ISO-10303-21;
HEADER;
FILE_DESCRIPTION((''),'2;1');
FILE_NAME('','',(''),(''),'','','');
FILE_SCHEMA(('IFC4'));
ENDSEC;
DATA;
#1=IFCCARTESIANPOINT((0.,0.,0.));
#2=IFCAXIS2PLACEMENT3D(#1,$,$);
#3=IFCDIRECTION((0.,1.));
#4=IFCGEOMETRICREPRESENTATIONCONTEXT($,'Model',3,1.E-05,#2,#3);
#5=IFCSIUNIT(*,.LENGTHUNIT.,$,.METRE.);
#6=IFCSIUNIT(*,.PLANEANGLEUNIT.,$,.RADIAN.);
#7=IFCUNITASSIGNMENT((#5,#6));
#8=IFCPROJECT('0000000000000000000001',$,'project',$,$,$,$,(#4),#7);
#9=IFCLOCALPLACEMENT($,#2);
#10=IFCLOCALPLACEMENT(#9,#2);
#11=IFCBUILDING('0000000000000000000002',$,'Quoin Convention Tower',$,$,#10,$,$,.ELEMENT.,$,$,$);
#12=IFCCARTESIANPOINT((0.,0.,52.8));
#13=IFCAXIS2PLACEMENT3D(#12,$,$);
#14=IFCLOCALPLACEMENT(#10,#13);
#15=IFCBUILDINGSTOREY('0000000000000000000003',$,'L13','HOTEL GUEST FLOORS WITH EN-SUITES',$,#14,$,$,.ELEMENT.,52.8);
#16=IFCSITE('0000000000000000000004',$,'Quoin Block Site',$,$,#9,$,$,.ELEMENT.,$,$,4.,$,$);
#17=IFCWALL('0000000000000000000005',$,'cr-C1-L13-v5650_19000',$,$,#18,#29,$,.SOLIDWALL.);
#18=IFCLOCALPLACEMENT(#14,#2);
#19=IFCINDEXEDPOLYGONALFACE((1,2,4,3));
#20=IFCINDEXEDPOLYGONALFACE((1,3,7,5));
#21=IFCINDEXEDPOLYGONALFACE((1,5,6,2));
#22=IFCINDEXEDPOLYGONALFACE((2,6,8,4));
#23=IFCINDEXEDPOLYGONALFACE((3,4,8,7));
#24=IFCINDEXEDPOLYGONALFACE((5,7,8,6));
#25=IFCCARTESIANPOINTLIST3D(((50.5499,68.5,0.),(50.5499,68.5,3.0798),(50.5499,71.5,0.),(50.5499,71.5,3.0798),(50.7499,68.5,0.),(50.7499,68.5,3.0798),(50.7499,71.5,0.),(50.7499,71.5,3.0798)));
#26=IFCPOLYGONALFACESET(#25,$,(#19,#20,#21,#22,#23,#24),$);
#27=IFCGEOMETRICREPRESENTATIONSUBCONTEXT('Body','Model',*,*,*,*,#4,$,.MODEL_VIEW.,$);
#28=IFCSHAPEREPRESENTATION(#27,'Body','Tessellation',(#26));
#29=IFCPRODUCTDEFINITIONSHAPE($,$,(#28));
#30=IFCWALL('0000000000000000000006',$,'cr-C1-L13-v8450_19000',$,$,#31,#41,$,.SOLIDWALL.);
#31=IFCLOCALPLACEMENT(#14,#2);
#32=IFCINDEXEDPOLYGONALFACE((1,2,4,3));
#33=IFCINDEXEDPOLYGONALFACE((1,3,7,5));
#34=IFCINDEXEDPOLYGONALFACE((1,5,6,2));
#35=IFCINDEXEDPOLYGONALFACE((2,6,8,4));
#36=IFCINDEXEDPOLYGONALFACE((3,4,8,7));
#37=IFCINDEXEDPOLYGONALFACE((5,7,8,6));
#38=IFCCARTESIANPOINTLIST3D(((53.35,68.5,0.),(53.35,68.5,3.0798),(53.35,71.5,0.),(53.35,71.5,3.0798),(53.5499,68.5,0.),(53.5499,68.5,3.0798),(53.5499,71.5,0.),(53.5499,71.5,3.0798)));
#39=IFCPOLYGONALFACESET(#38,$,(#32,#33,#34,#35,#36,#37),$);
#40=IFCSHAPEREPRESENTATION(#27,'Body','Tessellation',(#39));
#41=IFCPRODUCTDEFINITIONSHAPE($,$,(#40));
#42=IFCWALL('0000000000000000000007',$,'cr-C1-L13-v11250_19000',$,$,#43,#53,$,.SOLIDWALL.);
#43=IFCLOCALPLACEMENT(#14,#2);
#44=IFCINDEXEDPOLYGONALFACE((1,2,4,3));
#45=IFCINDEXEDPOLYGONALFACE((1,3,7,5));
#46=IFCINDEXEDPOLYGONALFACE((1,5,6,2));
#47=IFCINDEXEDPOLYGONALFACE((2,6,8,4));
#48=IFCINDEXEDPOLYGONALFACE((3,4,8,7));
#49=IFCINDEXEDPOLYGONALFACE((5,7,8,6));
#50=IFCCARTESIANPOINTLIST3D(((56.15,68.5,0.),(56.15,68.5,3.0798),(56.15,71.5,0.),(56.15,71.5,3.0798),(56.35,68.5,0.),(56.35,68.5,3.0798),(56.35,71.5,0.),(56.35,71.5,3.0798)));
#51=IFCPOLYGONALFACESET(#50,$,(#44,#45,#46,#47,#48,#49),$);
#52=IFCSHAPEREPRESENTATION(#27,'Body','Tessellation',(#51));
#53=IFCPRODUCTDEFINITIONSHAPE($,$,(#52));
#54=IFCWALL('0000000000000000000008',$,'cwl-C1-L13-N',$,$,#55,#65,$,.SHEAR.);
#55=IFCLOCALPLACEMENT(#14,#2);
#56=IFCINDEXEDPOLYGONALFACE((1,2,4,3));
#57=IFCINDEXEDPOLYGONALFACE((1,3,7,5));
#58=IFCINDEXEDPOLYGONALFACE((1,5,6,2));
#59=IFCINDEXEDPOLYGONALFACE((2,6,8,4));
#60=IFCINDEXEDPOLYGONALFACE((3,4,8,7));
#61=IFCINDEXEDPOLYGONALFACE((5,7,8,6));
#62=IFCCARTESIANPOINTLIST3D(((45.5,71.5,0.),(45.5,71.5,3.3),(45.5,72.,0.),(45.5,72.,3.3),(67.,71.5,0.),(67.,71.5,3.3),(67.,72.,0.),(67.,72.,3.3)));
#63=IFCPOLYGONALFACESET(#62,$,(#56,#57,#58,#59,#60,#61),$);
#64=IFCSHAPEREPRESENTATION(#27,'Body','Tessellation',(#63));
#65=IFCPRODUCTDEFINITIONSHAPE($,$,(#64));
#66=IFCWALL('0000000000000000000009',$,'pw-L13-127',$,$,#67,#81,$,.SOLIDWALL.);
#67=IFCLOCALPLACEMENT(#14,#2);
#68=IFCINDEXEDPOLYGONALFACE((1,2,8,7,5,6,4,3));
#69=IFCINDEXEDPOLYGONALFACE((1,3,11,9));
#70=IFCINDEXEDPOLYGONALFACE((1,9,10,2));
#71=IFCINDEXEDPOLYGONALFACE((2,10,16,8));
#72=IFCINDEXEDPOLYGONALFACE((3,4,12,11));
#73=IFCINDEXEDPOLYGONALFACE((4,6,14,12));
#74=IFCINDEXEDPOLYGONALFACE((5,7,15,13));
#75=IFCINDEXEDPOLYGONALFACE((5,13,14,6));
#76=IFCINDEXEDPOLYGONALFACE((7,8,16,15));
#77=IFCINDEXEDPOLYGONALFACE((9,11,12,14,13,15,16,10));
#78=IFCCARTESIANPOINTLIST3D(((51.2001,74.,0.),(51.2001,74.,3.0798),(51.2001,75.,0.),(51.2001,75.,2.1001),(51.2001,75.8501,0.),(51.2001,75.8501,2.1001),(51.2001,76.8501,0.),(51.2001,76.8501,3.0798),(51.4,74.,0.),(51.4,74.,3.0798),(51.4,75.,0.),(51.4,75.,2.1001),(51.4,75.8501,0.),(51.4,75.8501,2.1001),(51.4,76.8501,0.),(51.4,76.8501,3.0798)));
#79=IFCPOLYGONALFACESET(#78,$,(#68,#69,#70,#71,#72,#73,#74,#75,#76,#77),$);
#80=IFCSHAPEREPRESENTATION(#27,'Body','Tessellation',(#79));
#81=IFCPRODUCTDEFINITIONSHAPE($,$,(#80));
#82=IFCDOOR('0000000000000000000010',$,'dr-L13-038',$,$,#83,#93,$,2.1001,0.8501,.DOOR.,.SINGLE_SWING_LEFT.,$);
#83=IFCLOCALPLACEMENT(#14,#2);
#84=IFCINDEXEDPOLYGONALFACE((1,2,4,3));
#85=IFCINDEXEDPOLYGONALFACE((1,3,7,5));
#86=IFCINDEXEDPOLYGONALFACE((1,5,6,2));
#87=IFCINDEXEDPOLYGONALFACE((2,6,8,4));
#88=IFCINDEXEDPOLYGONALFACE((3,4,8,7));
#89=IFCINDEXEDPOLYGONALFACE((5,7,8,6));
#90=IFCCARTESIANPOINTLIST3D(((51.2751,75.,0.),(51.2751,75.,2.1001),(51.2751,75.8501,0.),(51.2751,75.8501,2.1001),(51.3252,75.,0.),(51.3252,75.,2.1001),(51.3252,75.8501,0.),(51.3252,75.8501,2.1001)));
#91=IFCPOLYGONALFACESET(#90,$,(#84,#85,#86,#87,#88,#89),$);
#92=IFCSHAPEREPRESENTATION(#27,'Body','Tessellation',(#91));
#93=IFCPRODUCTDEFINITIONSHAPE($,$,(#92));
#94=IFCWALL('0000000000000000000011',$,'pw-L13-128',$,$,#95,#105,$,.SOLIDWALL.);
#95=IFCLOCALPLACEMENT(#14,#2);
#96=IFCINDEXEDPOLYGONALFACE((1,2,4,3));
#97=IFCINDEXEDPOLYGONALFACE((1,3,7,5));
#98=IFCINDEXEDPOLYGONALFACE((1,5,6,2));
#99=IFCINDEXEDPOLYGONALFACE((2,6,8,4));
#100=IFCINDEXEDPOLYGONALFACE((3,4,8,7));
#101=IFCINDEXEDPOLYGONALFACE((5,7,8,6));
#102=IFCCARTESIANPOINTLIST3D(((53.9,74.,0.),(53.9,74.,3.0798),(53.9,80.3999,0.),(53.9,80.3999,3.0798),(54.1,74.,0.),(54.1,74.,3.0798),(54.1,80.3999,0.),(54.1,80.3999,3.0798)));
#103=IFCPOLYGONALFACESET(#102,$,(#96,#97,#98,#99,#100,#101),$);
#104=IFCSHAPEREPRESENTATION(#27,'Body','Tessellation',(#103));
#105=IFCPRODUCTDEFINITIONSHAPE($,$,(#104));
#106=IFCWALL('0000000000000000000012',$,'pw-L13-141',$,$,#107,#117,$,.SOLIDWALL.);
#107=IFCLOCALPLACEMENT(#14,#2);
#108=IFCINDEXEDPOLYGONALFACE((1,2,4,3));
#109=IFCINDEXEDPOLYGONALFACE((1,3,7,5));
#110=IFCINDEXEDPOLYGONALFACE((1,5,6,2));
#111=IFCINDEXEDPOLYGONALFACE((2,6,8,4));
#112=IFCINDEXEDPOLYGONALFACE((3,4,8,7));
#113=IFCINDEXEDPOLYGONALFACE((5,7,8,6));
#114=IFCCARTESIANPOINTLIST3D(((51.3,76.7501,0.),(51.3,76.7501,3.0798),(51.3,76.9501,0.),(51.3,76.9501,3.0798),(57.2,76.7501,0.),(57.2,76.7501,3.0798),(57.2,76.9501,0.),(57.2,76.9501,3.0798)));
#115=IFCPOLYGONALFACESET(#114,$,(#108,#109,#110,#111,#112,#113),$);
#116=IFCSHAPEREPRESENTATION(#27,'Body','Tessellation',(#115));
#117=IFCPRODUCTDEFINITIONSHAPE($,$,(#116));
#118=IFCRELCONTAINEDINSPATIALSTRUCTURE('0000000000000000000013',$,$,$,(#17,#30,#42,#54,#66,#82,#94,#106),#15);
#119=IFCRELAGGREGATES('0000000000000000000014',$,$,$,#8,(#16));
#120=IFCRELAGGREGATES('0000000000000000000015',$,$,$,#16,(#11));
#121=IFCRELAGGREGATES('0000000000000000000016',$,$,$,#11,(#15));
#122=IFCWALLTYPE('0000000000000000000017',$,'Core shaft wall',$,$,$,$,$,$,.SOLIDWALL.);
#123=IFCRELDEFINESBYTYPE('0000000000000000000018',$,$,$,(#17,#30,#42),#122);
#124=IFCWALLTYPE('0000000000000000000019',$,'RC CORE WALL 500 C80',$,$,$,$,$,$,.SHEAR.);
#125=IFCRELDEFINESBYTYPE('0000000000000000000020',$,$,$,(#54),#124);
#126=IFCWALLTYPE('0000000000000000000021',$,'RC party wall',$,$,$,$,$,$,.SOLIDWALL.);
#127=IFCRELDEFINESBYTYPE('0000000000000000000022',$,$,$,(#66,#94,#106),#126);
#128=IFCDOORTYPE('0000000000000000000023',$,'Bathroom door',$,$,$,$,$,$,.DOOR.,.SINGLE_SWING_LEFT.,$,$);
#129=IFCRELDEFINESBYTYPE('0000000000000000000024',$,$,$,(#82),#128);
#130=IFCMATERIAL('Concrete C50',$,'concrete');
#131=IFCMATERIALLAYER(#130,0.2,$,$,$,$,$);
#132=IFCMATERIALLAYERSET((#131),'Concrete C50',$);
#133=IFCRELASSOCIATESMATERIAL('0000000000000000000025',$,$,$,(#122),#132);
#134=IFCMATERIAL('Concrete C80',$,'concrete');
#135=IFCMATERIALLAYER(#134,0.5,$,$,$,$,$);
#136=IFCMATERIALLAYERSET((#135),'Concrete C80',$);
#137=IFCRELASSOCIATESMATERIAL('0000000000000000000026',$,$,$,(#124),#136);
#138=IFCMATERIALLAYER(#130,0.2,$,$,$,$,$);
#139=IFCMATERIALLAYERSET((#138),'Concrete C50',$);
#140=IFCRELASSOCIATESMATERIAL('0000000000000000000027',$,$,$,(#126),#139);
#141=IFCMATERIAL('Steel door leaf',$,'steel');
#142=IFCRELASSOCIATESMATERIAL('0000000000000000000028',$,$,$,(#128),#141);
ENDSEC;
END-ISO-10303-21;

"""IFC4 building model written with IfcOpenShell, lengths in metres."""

from ifc_helpers import new_model, si_unit, direction, frame, frame_2d, origin, place, context, subcontext, project, spatial, rectangle, extrude, material, layer, layer_set, type_object, element, fill, save


model = new_model("IFC4")

# Units and contexts
model_context = context("Model", 3, precision=1e-05, world=origin(), true_north=direction((0.0, 1.0)))
body_context = subcontext(model_context, "Body", "Model", "MODEL_VIEW")
ifc_project = project(units=[si_unit("LENGTHUNIT", "METRE"), si_unit("PLANEANGLEUNIT", "RADIAN")], contexts=[model_context])

# Site, building, storey
site_placement = place(None, origin())
site = spatial("IfcSite", under=ifc_project, at=site_placement, Name="Quoin Block Site", CompositionType="ELEMENT", RefElevation=4.0)
building_placement = place(site_placement, origin())
building = spatial("IfcBuilding", under=site, at=building_placement, Name="Quoin Convention Tower", CompositionType="ELEMENT")
storey_placement = place(building_placement, frame((0.0, 0.0, 52.8)))
storey = spatial("IfcBuildingStorey", under=building, at=storey_placement, Name="L13", Description="HOTEL GUEST FLOORS WITH EN-SUITES", CompositionType="ELEMENT", Elevation=52.8)

# Shared definitions
ifc_material_1 = material(Name="Concrete C80", Category="concrete")

# Shared definitions
ifc_material_2 = material(Name="Concrete C50", Category="concrete")
ifc_layer_1 = layer(ifc_material_2, 0.2)
ifc_layer_set_1 = layer_set([ifc_layer_1], Name="Concrete C50")
wall_type_1 = type_object("IfcWallType", Name="Core shaft wall", PredefinedType="SOLIDWALL", material=ifc_layer_set_1)

# Shared definitions
ifc_material_3 = material(Name="Steel door leaf", Category="steel")

# Walls
for number, where, z_axis, x_axis, name in (
    (1, (50.6499, 68.5, 0.0), (0.0, 0.0, 1.0), (0.0, 1.0, 0.0), "cr-C1-L13-v5650_19000"),
    (2, (53.45, 68.5, 0.0), (0.0, 0.0, 1.0), (0.0, 1.0, 0.0), "cr-C1-L13-v8450_19000"),
    (3, (56.25, 68.5, 0.0), (0.0, 0.0, 1.0), (0.0, 1.0, 0.0), "cr-C1-L13-v11250_19000"),
):
    element("IfcWall", number, at=place(storey_placement, frame(where, z_axis=z_axis, x_axis=x_axis)), inside=storey, type_object=wall_type_1, Name=name, PredefinedType="SOLIDWALL", context=body_context, shape_type="SweptSolid", body=[
        extrude(rectangle(XDim=3.0, YDim=0.2, at=frame_2d((1.5, 0.0))), origin(), (0.0, 0.0, 1.0), 3.0798),
    ])
ifc_layer_2 = layer(ifc_material_1, 0.5)
ifc_layer_set_2 = layer_set([ifc_layer_2], Name="Concrete C80")
wall_type_2 = type_object("IfcWallType", Name="RC CORE WALL 500 C80", PredefinedType="SHEAR", material=ifc_layer_set_2)
wall_1_placement = place(storey_placement, frame((45.5, 71.75, 0.0), z_axis=(0.0, 0.0, 1.0), x_axis=(1.0, 0.0, 0.0)))
element("IfcWall", 4, at=wall_1_placement, inside=storey, type_object=wall_type_2, Name="cwl-C1-L13-N", PredefinedType="SHEAR", context=body_context, shape_type="SweptSolid", body=[
    extrude(rectangle(XDim=21.5, YDim=0.5, at=frame_2d((10.75, 0.0))), origin(), (0.0, 0.0, 1.0), 3.3),
])

# Wall, opening, door
ifc_layer_3 = layer(ifc_material_2, 0.2)
ifc_layer_set_3 = layer_set([ifc_layer_3], Name="Concrete C50")
wall_type_3 = type_object("IfcWallType", Name="RC party wall", PredefinedType="SOLIDWALL", material=ifc_layer_set_3)
wall_2_placement = place(storey_placement, frame((51.3, 74.0, 0.0), z_axis=(0.0, 0.0, 1.0), x_axis=(0.0, 1.0, 0.0)))
wall_2 = element("IfcWall", 5, at=wall_2_placement, inside=storey, type_object=wall_type_3, Name="pw-L13-127", PredefinedType="SOLIDWALL", context=body_context, shape_type="SweptSolid", body=[
    extrude(rectangle(XDim=2.8501, YDim=0.2, at=frame_2d((1.425, 0.0))), origin(), (0.0, 0.0, 1.0), 3.0798),
])
opening_1_placement = place(wall_2_placement, frame((1.0, 0.0, 0.0)))
opening_1 = element("IfcOpeningElement", 6, at=opening_1_placement, cuts=wall_2, PredefinedType="OPENING", context=body_context, shape_type="SweptSolid", body=[
    extrude(rectangle(XDim=0.8501, YDim=2.1001, at=frame_2d((0.425, 1.05))), frame((0.0, 0.1099, 0.0), z_axis=(0.0, -1.0, 0.0), x_axis=(1.0, 0.0, 0.0)), (0.0, 0.0, 1.0), 0.22),
])
door_type_1 = type_object("IfcDoorType", Name="Bathroom door", OperationType="SINGLE_SWING_LEFT", PredefinedType="DOOR", material=ifc_material_3)
door_1_placement = place(opening_1_placement, origin())
door_1 = element("IfcDoor", 7, at=door_1_placement, inside=storey, type_object=door_type_1, Name="dr-L13-038", OperationType="SINGLE_SWING_LEFT", OverallHeight=2.1001, OverallWidth=0.8501, PredefinedType="DOOR", context=body_context, shape_type="SweptSolid", body=[
    extrude(rectangle(XDim=0.8501, YDim=2.1001, at=frame_2d((0.425, 1.05))), frame((0.0, 0.0249, 0.0), z_axis=(0.0, -1.0, 0.0), x_axis=(1.0, 0.0, 0.0)), (0.0, 0.0, 1.0), 0.05),
])
fill(opening_1, door_1)

# Walls
wall_3_placement = place(storey_placement, frame((54.0, 74.0, 0.0), z_axis=(0.0, 0.0, 1.0), x_axis=(0.0, 1.0, 0.0)))
element("IfcWall", 8, at=wall_3_placement, inside=storey, type_object=wall_type_3, Name="pw-L13-128", PredefinedType="SOLIDWALL", context=body_context, shape_type="SweptSolid", body=[
    extrude(rectangle(XDim=6.3999, YDim=0.2, at=frame_2d((3.2, 0.0))), origin(), (0.0, 0.0, 1.0), 3.0798),
])
wall_4_placement = place(storey_placement, frame((51.3, 76.8501, 0.0), z_axis=(0.0, 0.0, 1.0), x_axis=(1.0, 0.0, 0.0)))
element("IfcWall", 9, at=wall_4_placement, inside=storey, type_object=wall_type_3, Name="pw-L13-141", PredefinedType="SOLIDWALL", context=body_context, shape_type="SweptSolid", body=[
    extrude(rectangle(XDim=5.8999, YDim=0.2, at=frame_2d((2.95, 0.0))), origin(), (0.0, 0.0, 1.0), 3.0798),
])

save(model, "model.ifc")
